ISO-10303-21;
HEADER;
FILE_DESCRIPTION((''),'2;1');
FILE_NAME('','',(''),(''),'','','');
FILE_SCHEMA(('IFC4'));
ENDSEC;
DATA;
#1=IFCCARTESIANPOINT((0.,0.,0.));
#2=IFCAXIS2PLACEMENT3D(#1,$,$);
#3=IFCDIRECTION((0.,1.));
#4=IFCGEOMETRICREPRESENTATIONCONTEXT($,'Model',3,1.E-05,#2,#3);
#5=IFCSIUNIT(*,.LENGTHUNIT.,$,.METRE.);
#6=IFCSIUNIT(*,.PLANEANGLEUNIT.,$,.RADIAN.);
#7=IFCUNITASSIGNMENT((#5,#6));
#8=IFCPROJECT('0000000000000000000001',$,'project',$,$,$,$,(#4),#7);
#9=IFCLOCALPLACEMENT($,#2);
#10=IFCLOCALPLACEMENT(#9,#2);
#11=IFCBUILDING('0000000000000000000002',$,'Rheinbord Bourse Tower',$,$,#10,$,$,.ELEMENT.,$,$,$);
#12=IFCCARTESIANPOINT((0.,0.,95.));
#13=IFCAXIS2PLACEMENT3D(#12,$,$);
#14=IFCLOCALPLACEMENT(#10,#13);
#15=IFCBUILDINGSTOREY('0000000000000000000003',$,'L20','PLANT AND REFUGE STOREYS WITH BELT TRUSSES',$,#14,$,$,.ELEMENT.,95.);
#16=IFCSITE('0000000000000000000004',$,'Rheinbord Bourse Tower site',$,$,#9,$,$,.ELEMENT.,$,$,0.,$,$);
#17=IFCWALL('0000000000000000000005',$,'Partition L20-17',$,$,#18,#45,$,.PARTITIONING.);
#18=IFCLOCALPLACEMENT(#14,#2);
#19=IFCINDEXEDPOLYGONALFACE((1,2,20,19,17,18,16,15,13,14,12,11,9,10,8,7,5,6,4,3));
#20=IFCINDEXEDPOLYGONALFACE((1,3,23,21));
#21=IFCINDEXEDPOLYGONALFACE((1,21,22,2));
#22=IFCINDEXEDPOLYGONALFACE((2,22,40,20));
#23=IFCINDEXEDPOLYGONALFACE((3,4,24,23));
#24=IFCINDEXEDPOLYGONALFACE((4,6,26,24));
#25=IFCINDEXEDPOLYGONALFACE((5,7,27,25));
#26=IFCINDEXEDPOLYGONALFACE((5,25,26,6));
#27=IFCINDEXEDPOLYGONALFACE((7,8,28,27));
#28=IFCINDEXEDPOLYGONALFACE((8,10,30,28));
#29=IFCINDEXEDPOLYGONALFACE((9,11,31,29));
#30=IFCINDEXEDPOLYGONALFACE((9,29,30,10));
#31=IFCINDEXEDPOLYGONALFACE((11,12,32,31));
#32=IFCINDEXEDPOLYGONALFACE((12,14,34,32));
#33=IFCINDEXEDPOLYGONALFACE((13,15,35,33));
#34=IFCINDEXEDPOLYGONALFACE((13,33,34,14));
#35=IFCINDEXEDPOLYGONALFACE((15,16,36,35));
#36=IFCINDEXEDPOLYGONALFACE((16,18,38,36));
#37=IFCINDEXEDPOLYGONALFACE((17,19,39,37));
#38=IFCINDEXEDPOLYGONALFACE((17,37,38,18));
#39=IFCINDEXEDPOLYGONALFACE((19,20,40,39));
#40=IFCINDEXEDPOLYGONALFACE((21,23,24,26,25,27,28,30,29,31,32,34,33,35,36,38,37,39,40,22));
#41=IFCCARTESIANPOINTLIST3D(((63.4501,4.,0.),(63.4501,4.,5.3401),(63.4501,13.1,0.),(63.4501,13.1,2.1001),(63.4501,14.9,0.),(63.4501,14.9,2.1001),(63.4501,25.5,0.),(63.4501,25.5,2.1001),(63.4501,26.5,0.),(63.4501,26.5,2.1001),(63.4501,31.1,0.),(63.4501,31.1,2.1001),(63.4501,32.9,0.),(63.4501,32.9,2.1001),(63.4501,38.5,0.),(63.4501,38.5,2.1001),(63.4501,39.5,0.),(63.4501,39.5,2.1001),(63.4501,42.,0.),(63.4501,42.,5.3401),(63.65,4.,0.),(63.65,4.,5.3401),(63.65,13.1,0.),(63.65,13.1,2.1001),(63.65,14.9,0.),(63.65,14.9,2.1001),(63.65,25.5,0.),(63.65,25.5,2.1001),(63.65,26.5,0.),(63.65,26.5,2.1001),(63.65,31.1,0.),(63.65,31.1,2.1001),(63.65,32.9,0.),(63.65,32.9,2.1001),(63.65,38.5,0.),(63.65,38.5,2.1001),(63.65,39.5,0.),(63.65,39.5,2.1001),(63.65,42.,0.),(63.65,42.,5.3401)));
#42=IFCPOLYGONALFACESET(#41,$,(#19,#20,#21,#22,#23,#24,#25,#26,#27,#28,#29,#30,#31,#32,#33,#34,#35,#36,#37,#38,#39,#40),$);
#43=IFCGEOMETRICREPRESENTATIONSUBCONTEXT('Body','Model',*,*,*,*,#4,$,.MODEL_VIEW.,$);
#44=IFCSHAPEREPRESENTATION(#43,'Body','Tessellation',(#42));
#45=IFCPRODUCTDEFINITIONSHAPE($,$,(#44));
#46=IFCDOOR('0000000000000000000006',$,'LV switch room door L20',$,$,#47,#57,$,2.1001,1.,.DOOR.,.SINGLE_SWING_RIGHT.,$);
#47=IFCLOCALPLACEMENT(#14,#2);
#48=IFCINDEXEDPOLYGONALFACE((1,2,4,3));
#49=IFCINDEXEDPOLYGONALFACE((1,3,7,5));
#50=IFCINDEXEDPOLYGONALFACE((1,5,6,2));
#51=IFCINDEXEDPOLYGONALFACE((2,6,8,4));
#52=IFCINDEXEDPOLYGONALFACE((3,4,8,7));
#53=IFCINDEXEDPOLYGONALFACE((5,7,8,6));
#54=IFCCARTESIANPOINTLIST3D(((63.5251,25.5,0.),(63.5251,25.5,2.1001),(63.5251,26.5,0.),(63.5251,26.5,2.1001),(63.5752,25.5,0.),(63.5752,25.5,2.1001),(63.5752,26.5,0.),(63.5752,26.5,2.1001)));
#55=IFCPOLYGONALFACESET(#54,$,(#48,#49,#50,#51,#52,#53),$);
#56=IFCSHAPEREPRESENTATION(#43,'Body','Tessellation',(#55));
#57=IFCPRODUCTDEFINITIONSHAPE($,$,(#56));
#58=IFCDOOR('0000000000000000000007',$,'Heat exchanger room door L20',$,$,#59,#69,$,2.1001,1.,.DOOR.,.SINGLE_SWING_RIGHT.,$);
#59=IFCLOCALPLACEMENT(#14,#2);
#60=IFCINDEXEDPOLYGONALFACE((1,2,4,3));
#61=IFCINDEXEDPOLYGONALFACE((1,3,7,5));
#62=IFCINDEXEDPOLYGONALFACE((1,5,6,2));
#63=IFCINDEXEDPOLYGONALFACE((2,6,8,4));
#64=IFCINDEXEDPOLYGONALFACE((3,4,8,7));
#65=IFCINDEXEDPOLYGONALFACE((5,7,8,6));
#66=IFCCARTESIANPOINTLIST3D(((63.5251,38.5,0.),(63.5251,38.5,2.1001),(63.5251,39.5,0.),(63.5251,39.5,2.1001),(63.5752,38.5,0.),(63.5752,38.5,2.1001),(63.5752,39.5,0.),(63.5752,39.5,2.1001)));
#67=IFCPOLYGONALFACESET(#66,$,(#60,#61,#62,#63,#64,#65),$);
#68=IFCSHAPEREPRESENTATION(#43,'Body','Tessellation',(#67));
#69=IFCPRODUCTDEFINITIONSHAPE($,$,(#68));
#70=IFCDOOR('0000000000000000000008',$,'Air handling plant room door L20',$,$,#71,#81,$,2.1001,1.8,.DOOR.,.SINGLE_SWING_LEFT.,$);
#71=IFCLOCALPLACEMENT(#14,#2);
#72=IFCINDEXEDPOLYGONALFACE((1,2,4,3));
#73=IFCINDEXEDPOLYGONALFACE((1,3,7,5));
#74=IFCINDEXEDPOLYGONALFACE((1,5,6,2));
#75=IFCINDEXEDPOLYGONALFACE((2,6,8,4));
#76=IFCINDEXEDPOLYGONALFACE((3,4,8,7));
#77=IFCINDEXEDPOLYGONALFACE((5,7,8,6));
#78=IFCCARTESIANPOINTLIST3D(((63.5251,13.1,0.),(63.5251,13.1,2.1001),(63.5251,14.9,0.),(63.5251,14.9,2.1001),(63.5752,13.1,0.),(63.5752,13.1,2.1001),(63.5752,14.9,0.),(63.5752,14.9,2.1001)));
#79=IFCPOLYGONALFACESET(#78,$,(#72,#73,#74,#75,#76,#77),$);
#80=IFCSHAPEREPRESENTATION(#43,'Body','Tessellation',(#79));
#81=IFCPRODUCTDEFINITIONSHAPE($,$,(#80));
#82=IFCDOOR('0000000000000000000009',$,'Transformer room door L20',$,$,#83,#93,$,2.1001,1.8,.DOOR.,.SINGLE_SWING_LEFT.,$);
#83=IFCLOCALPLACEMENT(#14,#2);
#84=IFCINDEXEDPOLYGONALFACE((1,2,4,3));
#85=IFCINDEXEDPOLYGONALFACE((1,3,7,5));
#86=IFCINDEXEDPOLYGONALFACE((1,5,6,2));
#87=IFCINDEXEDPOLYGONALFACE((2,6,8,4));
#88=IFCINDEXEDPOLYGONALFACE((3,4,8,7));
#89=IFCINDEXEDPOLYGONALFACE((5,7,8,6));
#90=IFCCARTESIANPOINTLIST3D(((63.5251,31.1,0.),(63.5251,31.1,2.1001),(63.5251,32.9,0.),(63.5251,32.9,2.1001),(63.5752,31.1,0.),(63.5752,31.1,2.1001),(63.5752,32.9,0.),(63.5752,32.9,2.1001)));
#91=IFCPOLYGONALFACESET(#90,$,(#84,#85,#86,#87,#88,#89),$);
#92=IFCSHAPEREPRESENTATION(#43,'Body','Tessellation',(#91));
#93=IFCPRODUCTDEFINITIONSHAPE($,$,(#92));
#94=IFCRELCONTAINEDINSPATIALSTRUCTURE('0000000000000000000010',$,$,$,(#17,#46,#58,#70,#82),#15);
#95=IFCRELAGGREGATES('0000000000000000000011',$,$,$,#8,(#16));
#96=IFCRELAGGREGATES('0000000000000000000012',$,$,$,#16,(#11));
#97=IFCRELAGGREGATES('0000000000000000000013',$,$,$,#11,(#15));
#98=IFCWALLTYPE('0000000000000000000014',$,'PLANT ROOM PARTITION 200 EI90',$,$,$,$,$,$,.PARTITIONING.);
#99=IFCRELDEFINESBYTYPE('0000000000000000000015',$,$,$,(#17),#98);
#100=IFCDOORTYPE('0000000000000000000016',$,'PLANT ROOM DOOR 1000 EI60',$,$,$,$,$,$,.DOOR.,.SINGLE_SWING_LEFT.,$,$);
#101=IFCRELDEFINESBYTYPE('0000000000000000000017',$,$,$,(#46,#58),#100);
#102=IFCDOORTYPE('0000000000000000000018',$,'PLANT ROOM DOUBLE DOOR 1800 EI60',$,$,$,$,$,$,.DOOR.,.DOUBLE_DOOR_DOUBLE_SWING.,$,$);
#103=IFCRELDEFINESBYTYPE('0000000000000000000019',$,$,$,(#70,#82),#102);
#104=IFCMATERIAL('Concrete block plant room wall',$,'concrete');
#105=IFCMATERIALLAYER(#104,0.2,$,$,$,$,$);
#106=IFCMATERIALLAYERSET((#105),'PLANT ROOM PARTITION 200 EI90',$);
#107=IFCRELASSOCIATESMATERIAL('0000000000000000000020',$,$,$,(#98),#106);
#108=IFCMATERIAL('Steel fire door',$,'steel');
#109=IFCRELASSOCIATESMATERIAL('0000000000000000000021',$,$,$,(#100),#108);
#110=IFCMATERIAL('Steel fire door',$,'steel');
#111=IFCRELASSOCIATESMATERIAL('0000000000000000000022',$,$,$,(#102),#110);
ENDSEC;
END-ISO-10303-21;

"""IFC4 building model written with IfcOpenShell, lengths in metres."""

from ifc_helpers import new_model, si_unit, direction, frame, frame_2d, origin, place, context, subcontext, project, spatial, rectangle, extrude, material, layer, layer_set, type_object, element, fill, save


model = new_model("IFC4")

# Units and contexts
model_context = context("Model", 3, precision=1e-05, world=origin(), true_north=direction((0.0, 1.0)))
body_context = subcontext(model_context, "Body", "Model", "MODEL_VIEW")
ifc_project = project(units=[si_unit("LENGTHUNIT", "METRE"), si_unit("PLANEANGLEUNIT", "RADIAN")], contexts=[model_context])

# Site, building, storey
site_placement = place(None, origin())
site = spatial("IfcSite", under=ifc_project, at=site_placement, Name="Rheinbord Bourse Tower site", CompositionType="ELEMENT", RefElevation=0.0)
building_placement = place(site_placement, origin())
building = spatial("IfcBuilding", under=site, at=building_placement, Name="Rheinbord Bourse Tower", CompositionType="ELEMENT")
storey_placement = place(building_placement, frame((0.0, 0.0, 95.0)))
storey = spatial("IfcBuildingStorey", under=building, at=storey_placement, Name="L20", Description="PLANT AND REFUGE STOREYS WITH BELT TRUSSES", CompositionType="ELEMENT", Elevation=95.0)

# Shared definitions
ifc_material_1 = material(Name="Concrete block plant room wall", Category="concrete")
ifc_layer_1 = layer(ifc_material_1, 0.2)
ifc_layer_set_1 = layer_set([ifc_layer_1], Name="PLANT ROOM PARTITION 200 EI90")
wall_type = type_object("IfcWallType", Name="PLANT ROOM PARTITION 200 EI90", PredefinedType="PARTITIONING", material=ifc_layer_set_1)

# Wall, openings, doors
wall_1_placement = place(storey_placement, frame((63.55, 4.0, 0.0), z_axis=(0.0, 0.0, 1.0), x_axis=(0.0, 1.0, 0.0)))
wall_1 = element("IfcWall", 1, at=wall_1_placement, inside=storey, type_object=wall_type, Name="Partition L20-17", PredefinedType="PARTITIONING", context=body_context, shape_type="SweptSolid", body=[
    extrude(rectangle(XDim=38.0, YDim=0.2, at=frame_2d((19.0, 0.0))), origin(), (0.0, 0.0, 1.0), 5.3401),
])
opening_1_placement = place(wall_1_placement, frame((9.1001, 0.0, 0.0)))
opening_1 = element("IfcOpeningElement", 2, at=opening_1_placement, cuts=wall_1, PredefinedType="OPENING", context=body_context, shape_type="SweptSolid", body=[
    extrude(rectangle(XDim=1.8, YDim=2.1001, at=frame_2d((0.8999, 1.05))), frame((0.0, 0.1099, 0.0), z_axis=(0.0, -1.0, 0.0), x_axis=(1.0, 0.0, 0.0)), (0.0, 0.0, 1.0), 0.22),
])
opening_2_placement = place(wall_1_placement, frame((21.5, 0.0, 0.0)))
opening_2 = element("IfcOpeningElement", 3, at=opening_2_placement, cuts=wall_1, PredefinedType="OPENING", context=body_context, shape_type="SweptSolid", body=[
    extrude(rectangle(XDim=1.0, YDim=2.1001, at=frame_2d((0.5, 1.05))), frame((0.0, 0.1099, 0.0), z_axis=(0.0, -1.0, 0.0), x_axis=(1.0, 0.0, 0.0)), (0.0, 0.0, 1.0), 0.22),
])
opening_3_placement = place(wall_1_placement, frame((27.1001, 0.0, 0.0)))
opening_3 = element("IfcOpeningElement", 4, at=opening_3_placement, cuts=wall_1, PredefinedType="OPENING", context=body_context, shape_type="SweptSolid", body=[
    extrude(rectangle(XDim=1.8, YDim=2.1001, at=frame_2d((0.8999, 1.05))), frame((0.0, 0.1099, 0.0), z_axis=(0.0, -1.0, 0.0), x_axis=(1.0, 0.0, 0.0)), (0.0, 0.0, 1.0), 0.22),
])
opening_4_placement = place(wall_1_placement, frame((34.5, 0.0, 0.0)))
opening_4 = element("IfcOpeningElement", 5, at=opening_4_placement, cuts=wall_1, PredefinedType="OPENING", context=body_context, shape_type="SweptSolid", body=[
    extrude(rectangle(XDim=1.0, YDim=2.1001, at=frame_2d((0.5, 1.05))), frame((0.0, 0.1099, 0.0), z_axis=(0.0, -1.0, 0.0), x_axis=(1.0, 0.0, 0.0)), (0.0, 0.0, 1.0), 0.22),
])
ifc_material_2 = material(Name="Steel fire door", Category="steel")
door_type_1 = type_object("IfcDoorType", Name="PLANT ROOM DOOR 1000 EI60", OperationType="SINGLE_SWING_LEFT", PredefinedType="DOOR", material=ifc_material_2)
door_1_placement = place(opening_2_placement, origin())
door_1 = element("IfcDoor", 6, at=door_1_placement, inside=storey, type_object=door_type_1, Name="LV switch room door L20", OperationType="SINGLE_SWING_RIGHT", OverallHeight=2.1001, OverallWidth=1.0, PredefinedType="DOOR", context=body_context, shape_type="SweptSolid", body=[
    extrude(rectangle(XDim=1.0, YDim=2.1001, at=frame_2d((0.5, 1.05))), frame((0.0, 0.0249, 0.0), z_axis=(0.0, -1.0, 0.0), x_axis=(1.0, 0.0, 0.0)), (0.0, 0.0, 1.0), 0.05),
])
fill(opening_2, door_1)
door_2_placement = place(opening_4_placement, origin())
door_2 = element("IfcDoor", 7, at=door_2_placement, inside=storey, type_object=door_type_1, Name="Heat exchanger room door L20", OperationType="SINGLE_SWING_RIGHT", OverallHeight=2.1001, OverallWidth=1.0, PredefinedType="DOOR", context=body_context, shape_type="SweptSolid", body=[
    extrude(rectangle(XDim=1.0, YDim=2.1001, at=frame_2d((0.5, 1.05))), frame((0.0, 0.0249, 0.0), z_axis=(0.0, -1.0, 0.0), x_axis=(1.0, 0.0, 0.0)), (0.0, 0.0, 1.0), 0.05),
])
fill(opening_4, door_2)
ifc_material_3 = material(Name="Steel fire door", Category="steel")
door_type_2 = type_object("IfcDoorType", Name="PLANT ROOM DOUBLE DOOR 1800 EI60", OperationType="DOUBLE_DOOR_DOUBLE_SWING", PredefinedType="DOOR", material=ifc_material_3)
door_3_placement = place(opening_1_placement, origin())
door_3 = element("IfcDoor", 8, at=door_3_placement, inside=storey, type_object=door_type_2, Name="Air handling plant room door L20", OperationType="SINGLE_SWING_LEFT", OverallHeight=2.1001, OverallWidth=1.8, PredefinedType="DOOR", context=body_context, shape_type="SweptSolid", body=[
    extrude(rectangle(XDim=1.8, YDim=2.1001, at=frame_2d((0.8999, 1.05))), frame((0.0, 0.0249, 0.0), z_axis=(0.0, -1.0, 0.0), x_axis=(1.0, 0.0, 0.0)), (0.0, 0.0, 1.0), 0.05),
])
fill(opening_1, door_3)
door_4_placement = place(opening_3_placement, origin())
door_4 = element("IfcDoor", 9, at=door_4_placement, inside=storey, type_object=door_type_2, Name="Transformer room door L20", OperationType="SINGLE_SWING_LEFT", OverallHeight=2.1001, OverallWidth=1.8, PredefinedType="DOOR", context=body_context, shape_type="SweptSolid", body=[
    extrude(rectangle(XDim=1.8, YDim=2.1001, at=frame_2d((0.8999, 1.05))), frame((0.0, 0.0249, 0.0), z_axis=(0.0, -1.0, 0.0), x_axis=(1.0, 0.0, 0.0)), (0.0, 0.0, 1.0), 0.05),
])
fill(opening_3, door_4)

save(model, "model.ifc")
